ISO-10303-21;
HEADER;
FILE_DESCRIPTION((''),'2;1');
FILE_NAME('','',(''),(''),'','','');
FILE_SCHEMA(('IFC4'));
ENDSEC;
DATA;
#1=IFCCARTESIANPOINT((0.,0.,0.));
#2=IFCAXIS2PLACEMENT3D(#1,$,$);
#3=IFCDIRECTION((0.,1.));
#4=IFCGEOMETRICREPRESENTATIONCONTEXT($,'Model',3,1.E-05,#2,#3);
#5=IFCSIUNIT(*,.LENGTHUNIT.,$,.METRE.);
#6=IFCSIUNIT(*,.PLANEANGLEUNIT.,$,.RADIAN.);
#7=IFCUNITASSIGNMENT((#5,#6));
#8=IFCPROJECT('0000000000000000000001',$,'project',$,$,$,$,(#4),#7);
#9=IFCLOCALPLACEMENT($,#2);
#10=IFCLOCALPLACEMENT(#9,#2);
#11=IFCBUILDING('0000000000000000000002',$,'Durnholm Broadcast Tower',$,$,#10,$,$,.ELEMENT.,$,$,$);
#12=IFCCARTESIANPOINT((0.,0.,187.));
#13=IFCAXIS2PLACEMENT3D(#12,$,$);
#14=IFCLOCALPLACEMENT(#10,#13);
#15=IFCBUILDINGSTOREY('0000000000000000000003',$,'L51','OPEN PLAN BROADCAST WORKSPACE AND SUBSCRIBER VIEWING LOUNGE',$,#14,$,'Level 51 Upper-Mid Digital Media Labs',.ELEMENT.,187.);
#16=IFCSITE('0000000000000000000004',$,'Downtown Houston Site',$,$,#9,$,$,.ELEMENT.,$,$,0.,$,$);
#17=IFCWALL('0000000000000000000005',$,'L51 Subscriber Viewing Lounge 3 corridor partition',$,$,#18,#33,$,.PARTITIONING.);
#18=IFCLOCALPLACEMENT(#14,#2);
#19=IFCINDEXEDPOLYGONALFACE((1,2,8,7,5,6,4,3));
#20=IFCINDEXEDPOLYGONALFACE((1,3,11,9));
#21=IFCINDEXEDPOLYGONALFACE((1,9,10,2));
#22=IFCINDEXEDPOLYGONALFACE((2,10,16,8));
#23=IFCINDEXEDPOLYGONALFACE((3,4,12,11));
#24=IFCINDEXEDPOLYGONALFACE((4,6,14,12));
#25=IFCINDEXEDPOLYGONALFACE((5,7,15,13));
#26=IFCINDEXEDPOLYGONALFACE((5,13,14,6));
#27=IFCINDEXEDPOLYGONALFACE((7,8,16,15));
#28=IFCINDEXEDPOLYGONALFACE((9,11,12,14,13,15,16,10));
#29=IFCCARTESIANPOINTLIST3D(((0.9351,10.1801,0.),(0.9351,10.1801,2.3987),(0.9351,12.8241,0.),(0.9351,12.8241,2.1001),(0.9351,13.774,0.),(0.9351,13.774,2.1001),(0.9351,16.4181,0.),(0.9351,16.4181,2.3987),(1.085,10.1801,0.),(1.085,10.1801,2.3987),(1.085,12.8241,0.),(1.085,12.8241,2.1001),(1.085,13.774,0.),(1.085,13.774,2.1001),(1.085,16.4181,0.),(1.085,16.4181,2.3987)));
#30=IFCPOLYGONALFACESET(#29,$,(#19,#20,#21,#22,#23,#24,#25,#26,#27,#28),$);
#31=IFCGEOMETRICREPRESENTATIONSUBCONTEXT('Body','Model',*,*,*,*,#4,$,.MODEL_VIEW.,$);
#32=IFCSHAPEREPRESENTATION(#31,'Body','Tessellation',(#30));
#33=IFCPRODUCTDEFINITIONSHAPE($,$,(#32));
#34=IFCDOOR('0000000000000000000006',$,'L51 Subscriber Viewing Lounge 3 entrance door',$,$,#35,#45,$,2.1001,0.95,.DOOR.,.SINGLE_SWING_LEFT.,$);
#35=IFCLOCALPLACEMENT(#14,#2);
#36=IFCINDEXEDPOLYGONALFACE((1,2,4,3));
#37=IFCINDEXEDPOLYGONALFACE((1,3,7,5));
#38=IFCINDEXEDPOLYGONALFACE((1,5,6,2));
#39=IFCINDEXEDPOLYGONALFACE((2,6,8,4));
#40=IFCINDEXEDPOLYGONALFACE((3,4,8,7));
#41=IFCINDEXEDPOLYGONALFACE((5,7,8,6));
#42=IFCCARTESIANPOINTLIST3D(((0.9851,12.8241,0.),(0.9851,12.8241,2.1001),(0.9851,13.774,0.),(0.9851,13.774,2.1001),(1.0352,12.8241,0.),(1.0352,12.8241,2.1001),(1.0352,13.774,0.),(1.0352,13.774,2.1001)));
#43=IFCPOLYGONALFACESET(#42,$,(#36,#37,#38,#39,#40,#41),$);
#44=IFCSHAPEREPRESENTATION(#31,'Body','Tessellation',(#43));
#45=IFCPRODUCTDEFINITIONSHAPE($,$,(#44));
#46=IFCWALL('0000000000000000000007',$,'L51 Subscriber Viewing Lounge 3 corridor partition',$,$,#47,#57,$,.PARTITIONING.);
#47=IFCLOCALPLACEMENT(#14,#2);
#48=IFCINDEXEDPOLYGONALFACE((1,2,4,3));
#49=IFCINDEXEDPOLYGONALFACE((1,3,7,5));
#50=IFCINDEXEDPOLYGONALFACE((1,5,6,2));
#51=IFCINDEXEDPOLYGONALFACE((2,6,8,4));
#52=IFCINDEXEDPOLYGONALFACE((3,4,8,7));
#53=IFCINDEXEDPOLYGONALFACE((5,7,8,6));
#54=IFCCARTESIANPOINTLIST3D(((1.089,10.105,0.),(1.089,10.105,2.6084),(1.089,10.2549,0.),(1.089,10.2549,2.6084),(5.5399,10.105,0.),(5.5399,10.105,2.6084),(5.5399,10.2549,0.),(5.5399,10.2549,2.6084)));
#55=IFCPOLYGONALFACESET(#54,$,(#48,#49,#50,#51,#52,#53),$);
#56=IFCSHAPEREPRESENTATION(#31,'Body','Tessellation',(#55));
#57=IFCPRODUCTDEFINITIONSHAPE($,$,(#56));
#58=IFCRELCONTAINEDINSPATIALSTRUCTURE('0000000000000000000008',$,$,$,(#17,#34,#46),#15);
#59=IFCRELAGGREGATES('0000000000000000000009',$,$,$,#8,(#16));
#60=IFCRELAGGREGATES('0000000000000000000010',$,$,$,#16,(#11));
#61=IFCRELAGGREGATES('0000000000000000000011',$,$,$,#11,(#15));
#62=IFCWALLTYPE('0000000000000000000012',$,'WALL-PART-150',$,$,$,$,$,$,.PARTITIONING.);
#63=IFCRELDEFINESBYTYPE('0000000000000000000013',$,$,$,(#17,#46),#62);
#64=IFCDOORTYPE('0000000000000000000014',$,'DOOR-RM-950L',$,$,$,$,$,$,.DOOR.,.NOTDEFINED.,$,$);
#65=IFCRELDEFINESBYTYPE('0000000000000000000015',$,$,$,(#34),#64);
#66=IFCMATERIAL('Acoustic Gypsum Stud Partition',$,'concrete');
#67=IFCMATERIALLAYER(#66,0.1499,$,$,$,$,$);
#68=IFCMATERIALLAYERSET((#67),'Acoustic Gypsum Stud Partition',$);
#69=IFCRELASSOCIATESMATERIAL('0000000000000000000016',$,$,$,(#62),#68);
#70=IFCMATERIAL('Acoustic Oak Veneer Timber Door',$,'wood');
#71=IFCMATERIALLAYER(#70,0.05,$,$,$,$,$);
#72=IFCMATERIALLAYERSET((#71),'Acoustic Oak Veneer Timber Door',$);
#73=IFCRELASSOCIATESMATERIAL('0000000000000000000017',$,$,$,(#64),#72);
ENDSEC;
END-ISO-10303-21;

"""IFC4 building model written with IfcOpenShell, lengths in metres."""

from ifc_helpers import new_model, si_unit, direction, frame, frame_2d, origin, place, context, subcontext, project, spatial, rectangle, extrude, source, transform, mapped, material, layer, layer_set, type_object, type_shapes, element, fill, save


model = new_model("IFC4")

# Units and contexts
model_context = context("Model", 3, precision=1e-05, world=origin(), true_north=direction((0.0, 1.0)))
body_context = subcontext(model_context, "Body", "Model", "MODEL_VIEW")
ifc_project = project(units=[si_unit("LENGTHUNIT", "METRE"), si_unit("PLANEANGLEUNIT", "RADIAN")], contexts=[model_context])

# Site, building, storey
site_placement = place(None, origin())
site = spatial("IfcSite", under=ifc_project, at=site_placement, Name="Downtown Houston Site", CompositionType="ELEMENT", RefElevation=0.0)
building_placement = place(site_placement, origin())
building = spatial("IfcBuilding", under=site, at=building_placement, Name="Durnholm Broadcast Tower", CompositionType="ELEMENT")
storey_placement = place(building_placement, frame((0.0, 0.0, 187.0)))
storey = spatial("IfcBuildingStorey", under=building, at=storey_placement, Name="L51", Description="OPEN PLAN BROADCAST WORKSPACE AND SUBSCRIBER VIEWING LOUNGE", LongName="Level 51 Upper-Mid Digital Media Labs", CompositionType="ELEMENT", Elevation=187.0)

# Wall, opening, door
ifc_material_1 = material(Name="Acoustic Gypsum Stud Partition", Category="concrete")
ifc_layer_1 = layer(ifc_material_1, 0.1499)
ifc_layer_set_1 = layer_set([ifc_layer_1], Name="Acoustic Gypsum Stud Partition")
wall_type_1 = type_object("IfcWallType", Name="WALL-PART-150", PredefinedType="PARTITIONING", material=ifc_layer_set_1)
wall_1_placement = place(storey_placement, frame((1.01, 10.1799, 0.0), z_axis=(0.0, 0.0, 1.0), x_axis=(0.0, 1.0, 0.0)))
wall_1 = element("IfcWall", 1, at=wall_1_placement, inside=storey, type_object=wall_type_1, Name="L51 Subscriber Viewing Lounge 3 corridor partition", PredefinedType="PARTITIONING", context=body_context, shape_type="SweptSolid", body=[
    extrude(rectangle(XDim=6.238, YDim=0.1499, at=frame_2d((3.1191, 0.0))), origin(), (0.0, 0.0, 1.0), 2.3987),
])
opening_placement = place(wall_1_placement, frame((2.644, 0.0, 0.0)))
opening = element("IfcOpeningElement", 2, at=opening_placement, cuts=wall_1, PredefinedType="OPENING", context=body_context, shape_type="SweptSolid", body=[
    extrude(rectangle(XDim=0.95, YDim=2.1001, at=frame_2d((0.4751, 1.05))), frame((0.0, 0.085, 0.0), z_axis=(0.0, -1.0, 0.0), x_axis=(1.0, 0.0, 0.0)), (0.0, 0.0, 1.0), 0.1699),
])
ifc_material_2 = material(Name="Acoustic Oak Veneer Timber Door", Category="wood")
ifc_layer_2 = layer(ifc_material_2, 0.05)
ifc_layer_set_2 = layer_set([ifc_layer_2], Name="Acoustic Oak Veneer Timber Door")
door_type = type_object("IfcDoorType", Name="DOOR-RM-950L", OperationType="NOTDEFINED", PredefinedType="DOOR", material=ifc_layer_set_2)
shared_shape_1 = source(origin(), body_context, "Body", "SweptSolid", [
    extrude(rectangle(XDim=0.95, YDim=2.1001, at=frame_2d((0.4751, 1.05))), frame((0.0, 0.0249, 0.0), z_axis=(0.0, -1.0, 0.0), x_axis=(1.0, 0.0, 0.0)), (0.0, 0.0, 1.0), 0.05),
])
type_shapes(door_type, [shared_shape_1])
door_placement = place(opening_placement, origin())
door = element("IfcDoor", 3, at=door_placement, inside=storey, type_object=door_type, Name="L51 Subscriber Viewing Lounge 3 entrance door", OperationType="SINGLE_SWING_LEFT", OverallHeight=2.1001, OverallWidth=0.95, PredefinedType="DOOR", context=body_context, shape_type="MappedRepresentation", body=[
    mapped(shared_shape_1, transform((0.0, 0.0, 0.0), x_axis=(1.0, 0.0, 0.0), y_axis=(0.0, 1.0, 0.0), z_axis=(0.0, 0.0, 1.0), scale=1.0)),
])
fill(opening, door)

# Wall
wall_2_placement = place(storey_placement, frame((5.54, 10.1799, 0.0), z_axis=(0.0, 0.0, 1.0), x_axis=(-1.0, 0.0, 0.0)))
element("IfcWall", 4, at=wall_2_placement, inside=storey, type_object=wall_type_1, Name="L51 Subscriber Viewing Lounge 3 corridor partition", PredefinedType="PARTITIONING", context=body_context, shape_type="SweptSolid", body=[
    extrude(rectangle(XDim=4.4509, YDim=0.1499, at=frame_2d((2.2256, 0.0))), origin(), (0.0, 0.0, 1.0), 2.6084),
])

save(model, "model.ifc")
